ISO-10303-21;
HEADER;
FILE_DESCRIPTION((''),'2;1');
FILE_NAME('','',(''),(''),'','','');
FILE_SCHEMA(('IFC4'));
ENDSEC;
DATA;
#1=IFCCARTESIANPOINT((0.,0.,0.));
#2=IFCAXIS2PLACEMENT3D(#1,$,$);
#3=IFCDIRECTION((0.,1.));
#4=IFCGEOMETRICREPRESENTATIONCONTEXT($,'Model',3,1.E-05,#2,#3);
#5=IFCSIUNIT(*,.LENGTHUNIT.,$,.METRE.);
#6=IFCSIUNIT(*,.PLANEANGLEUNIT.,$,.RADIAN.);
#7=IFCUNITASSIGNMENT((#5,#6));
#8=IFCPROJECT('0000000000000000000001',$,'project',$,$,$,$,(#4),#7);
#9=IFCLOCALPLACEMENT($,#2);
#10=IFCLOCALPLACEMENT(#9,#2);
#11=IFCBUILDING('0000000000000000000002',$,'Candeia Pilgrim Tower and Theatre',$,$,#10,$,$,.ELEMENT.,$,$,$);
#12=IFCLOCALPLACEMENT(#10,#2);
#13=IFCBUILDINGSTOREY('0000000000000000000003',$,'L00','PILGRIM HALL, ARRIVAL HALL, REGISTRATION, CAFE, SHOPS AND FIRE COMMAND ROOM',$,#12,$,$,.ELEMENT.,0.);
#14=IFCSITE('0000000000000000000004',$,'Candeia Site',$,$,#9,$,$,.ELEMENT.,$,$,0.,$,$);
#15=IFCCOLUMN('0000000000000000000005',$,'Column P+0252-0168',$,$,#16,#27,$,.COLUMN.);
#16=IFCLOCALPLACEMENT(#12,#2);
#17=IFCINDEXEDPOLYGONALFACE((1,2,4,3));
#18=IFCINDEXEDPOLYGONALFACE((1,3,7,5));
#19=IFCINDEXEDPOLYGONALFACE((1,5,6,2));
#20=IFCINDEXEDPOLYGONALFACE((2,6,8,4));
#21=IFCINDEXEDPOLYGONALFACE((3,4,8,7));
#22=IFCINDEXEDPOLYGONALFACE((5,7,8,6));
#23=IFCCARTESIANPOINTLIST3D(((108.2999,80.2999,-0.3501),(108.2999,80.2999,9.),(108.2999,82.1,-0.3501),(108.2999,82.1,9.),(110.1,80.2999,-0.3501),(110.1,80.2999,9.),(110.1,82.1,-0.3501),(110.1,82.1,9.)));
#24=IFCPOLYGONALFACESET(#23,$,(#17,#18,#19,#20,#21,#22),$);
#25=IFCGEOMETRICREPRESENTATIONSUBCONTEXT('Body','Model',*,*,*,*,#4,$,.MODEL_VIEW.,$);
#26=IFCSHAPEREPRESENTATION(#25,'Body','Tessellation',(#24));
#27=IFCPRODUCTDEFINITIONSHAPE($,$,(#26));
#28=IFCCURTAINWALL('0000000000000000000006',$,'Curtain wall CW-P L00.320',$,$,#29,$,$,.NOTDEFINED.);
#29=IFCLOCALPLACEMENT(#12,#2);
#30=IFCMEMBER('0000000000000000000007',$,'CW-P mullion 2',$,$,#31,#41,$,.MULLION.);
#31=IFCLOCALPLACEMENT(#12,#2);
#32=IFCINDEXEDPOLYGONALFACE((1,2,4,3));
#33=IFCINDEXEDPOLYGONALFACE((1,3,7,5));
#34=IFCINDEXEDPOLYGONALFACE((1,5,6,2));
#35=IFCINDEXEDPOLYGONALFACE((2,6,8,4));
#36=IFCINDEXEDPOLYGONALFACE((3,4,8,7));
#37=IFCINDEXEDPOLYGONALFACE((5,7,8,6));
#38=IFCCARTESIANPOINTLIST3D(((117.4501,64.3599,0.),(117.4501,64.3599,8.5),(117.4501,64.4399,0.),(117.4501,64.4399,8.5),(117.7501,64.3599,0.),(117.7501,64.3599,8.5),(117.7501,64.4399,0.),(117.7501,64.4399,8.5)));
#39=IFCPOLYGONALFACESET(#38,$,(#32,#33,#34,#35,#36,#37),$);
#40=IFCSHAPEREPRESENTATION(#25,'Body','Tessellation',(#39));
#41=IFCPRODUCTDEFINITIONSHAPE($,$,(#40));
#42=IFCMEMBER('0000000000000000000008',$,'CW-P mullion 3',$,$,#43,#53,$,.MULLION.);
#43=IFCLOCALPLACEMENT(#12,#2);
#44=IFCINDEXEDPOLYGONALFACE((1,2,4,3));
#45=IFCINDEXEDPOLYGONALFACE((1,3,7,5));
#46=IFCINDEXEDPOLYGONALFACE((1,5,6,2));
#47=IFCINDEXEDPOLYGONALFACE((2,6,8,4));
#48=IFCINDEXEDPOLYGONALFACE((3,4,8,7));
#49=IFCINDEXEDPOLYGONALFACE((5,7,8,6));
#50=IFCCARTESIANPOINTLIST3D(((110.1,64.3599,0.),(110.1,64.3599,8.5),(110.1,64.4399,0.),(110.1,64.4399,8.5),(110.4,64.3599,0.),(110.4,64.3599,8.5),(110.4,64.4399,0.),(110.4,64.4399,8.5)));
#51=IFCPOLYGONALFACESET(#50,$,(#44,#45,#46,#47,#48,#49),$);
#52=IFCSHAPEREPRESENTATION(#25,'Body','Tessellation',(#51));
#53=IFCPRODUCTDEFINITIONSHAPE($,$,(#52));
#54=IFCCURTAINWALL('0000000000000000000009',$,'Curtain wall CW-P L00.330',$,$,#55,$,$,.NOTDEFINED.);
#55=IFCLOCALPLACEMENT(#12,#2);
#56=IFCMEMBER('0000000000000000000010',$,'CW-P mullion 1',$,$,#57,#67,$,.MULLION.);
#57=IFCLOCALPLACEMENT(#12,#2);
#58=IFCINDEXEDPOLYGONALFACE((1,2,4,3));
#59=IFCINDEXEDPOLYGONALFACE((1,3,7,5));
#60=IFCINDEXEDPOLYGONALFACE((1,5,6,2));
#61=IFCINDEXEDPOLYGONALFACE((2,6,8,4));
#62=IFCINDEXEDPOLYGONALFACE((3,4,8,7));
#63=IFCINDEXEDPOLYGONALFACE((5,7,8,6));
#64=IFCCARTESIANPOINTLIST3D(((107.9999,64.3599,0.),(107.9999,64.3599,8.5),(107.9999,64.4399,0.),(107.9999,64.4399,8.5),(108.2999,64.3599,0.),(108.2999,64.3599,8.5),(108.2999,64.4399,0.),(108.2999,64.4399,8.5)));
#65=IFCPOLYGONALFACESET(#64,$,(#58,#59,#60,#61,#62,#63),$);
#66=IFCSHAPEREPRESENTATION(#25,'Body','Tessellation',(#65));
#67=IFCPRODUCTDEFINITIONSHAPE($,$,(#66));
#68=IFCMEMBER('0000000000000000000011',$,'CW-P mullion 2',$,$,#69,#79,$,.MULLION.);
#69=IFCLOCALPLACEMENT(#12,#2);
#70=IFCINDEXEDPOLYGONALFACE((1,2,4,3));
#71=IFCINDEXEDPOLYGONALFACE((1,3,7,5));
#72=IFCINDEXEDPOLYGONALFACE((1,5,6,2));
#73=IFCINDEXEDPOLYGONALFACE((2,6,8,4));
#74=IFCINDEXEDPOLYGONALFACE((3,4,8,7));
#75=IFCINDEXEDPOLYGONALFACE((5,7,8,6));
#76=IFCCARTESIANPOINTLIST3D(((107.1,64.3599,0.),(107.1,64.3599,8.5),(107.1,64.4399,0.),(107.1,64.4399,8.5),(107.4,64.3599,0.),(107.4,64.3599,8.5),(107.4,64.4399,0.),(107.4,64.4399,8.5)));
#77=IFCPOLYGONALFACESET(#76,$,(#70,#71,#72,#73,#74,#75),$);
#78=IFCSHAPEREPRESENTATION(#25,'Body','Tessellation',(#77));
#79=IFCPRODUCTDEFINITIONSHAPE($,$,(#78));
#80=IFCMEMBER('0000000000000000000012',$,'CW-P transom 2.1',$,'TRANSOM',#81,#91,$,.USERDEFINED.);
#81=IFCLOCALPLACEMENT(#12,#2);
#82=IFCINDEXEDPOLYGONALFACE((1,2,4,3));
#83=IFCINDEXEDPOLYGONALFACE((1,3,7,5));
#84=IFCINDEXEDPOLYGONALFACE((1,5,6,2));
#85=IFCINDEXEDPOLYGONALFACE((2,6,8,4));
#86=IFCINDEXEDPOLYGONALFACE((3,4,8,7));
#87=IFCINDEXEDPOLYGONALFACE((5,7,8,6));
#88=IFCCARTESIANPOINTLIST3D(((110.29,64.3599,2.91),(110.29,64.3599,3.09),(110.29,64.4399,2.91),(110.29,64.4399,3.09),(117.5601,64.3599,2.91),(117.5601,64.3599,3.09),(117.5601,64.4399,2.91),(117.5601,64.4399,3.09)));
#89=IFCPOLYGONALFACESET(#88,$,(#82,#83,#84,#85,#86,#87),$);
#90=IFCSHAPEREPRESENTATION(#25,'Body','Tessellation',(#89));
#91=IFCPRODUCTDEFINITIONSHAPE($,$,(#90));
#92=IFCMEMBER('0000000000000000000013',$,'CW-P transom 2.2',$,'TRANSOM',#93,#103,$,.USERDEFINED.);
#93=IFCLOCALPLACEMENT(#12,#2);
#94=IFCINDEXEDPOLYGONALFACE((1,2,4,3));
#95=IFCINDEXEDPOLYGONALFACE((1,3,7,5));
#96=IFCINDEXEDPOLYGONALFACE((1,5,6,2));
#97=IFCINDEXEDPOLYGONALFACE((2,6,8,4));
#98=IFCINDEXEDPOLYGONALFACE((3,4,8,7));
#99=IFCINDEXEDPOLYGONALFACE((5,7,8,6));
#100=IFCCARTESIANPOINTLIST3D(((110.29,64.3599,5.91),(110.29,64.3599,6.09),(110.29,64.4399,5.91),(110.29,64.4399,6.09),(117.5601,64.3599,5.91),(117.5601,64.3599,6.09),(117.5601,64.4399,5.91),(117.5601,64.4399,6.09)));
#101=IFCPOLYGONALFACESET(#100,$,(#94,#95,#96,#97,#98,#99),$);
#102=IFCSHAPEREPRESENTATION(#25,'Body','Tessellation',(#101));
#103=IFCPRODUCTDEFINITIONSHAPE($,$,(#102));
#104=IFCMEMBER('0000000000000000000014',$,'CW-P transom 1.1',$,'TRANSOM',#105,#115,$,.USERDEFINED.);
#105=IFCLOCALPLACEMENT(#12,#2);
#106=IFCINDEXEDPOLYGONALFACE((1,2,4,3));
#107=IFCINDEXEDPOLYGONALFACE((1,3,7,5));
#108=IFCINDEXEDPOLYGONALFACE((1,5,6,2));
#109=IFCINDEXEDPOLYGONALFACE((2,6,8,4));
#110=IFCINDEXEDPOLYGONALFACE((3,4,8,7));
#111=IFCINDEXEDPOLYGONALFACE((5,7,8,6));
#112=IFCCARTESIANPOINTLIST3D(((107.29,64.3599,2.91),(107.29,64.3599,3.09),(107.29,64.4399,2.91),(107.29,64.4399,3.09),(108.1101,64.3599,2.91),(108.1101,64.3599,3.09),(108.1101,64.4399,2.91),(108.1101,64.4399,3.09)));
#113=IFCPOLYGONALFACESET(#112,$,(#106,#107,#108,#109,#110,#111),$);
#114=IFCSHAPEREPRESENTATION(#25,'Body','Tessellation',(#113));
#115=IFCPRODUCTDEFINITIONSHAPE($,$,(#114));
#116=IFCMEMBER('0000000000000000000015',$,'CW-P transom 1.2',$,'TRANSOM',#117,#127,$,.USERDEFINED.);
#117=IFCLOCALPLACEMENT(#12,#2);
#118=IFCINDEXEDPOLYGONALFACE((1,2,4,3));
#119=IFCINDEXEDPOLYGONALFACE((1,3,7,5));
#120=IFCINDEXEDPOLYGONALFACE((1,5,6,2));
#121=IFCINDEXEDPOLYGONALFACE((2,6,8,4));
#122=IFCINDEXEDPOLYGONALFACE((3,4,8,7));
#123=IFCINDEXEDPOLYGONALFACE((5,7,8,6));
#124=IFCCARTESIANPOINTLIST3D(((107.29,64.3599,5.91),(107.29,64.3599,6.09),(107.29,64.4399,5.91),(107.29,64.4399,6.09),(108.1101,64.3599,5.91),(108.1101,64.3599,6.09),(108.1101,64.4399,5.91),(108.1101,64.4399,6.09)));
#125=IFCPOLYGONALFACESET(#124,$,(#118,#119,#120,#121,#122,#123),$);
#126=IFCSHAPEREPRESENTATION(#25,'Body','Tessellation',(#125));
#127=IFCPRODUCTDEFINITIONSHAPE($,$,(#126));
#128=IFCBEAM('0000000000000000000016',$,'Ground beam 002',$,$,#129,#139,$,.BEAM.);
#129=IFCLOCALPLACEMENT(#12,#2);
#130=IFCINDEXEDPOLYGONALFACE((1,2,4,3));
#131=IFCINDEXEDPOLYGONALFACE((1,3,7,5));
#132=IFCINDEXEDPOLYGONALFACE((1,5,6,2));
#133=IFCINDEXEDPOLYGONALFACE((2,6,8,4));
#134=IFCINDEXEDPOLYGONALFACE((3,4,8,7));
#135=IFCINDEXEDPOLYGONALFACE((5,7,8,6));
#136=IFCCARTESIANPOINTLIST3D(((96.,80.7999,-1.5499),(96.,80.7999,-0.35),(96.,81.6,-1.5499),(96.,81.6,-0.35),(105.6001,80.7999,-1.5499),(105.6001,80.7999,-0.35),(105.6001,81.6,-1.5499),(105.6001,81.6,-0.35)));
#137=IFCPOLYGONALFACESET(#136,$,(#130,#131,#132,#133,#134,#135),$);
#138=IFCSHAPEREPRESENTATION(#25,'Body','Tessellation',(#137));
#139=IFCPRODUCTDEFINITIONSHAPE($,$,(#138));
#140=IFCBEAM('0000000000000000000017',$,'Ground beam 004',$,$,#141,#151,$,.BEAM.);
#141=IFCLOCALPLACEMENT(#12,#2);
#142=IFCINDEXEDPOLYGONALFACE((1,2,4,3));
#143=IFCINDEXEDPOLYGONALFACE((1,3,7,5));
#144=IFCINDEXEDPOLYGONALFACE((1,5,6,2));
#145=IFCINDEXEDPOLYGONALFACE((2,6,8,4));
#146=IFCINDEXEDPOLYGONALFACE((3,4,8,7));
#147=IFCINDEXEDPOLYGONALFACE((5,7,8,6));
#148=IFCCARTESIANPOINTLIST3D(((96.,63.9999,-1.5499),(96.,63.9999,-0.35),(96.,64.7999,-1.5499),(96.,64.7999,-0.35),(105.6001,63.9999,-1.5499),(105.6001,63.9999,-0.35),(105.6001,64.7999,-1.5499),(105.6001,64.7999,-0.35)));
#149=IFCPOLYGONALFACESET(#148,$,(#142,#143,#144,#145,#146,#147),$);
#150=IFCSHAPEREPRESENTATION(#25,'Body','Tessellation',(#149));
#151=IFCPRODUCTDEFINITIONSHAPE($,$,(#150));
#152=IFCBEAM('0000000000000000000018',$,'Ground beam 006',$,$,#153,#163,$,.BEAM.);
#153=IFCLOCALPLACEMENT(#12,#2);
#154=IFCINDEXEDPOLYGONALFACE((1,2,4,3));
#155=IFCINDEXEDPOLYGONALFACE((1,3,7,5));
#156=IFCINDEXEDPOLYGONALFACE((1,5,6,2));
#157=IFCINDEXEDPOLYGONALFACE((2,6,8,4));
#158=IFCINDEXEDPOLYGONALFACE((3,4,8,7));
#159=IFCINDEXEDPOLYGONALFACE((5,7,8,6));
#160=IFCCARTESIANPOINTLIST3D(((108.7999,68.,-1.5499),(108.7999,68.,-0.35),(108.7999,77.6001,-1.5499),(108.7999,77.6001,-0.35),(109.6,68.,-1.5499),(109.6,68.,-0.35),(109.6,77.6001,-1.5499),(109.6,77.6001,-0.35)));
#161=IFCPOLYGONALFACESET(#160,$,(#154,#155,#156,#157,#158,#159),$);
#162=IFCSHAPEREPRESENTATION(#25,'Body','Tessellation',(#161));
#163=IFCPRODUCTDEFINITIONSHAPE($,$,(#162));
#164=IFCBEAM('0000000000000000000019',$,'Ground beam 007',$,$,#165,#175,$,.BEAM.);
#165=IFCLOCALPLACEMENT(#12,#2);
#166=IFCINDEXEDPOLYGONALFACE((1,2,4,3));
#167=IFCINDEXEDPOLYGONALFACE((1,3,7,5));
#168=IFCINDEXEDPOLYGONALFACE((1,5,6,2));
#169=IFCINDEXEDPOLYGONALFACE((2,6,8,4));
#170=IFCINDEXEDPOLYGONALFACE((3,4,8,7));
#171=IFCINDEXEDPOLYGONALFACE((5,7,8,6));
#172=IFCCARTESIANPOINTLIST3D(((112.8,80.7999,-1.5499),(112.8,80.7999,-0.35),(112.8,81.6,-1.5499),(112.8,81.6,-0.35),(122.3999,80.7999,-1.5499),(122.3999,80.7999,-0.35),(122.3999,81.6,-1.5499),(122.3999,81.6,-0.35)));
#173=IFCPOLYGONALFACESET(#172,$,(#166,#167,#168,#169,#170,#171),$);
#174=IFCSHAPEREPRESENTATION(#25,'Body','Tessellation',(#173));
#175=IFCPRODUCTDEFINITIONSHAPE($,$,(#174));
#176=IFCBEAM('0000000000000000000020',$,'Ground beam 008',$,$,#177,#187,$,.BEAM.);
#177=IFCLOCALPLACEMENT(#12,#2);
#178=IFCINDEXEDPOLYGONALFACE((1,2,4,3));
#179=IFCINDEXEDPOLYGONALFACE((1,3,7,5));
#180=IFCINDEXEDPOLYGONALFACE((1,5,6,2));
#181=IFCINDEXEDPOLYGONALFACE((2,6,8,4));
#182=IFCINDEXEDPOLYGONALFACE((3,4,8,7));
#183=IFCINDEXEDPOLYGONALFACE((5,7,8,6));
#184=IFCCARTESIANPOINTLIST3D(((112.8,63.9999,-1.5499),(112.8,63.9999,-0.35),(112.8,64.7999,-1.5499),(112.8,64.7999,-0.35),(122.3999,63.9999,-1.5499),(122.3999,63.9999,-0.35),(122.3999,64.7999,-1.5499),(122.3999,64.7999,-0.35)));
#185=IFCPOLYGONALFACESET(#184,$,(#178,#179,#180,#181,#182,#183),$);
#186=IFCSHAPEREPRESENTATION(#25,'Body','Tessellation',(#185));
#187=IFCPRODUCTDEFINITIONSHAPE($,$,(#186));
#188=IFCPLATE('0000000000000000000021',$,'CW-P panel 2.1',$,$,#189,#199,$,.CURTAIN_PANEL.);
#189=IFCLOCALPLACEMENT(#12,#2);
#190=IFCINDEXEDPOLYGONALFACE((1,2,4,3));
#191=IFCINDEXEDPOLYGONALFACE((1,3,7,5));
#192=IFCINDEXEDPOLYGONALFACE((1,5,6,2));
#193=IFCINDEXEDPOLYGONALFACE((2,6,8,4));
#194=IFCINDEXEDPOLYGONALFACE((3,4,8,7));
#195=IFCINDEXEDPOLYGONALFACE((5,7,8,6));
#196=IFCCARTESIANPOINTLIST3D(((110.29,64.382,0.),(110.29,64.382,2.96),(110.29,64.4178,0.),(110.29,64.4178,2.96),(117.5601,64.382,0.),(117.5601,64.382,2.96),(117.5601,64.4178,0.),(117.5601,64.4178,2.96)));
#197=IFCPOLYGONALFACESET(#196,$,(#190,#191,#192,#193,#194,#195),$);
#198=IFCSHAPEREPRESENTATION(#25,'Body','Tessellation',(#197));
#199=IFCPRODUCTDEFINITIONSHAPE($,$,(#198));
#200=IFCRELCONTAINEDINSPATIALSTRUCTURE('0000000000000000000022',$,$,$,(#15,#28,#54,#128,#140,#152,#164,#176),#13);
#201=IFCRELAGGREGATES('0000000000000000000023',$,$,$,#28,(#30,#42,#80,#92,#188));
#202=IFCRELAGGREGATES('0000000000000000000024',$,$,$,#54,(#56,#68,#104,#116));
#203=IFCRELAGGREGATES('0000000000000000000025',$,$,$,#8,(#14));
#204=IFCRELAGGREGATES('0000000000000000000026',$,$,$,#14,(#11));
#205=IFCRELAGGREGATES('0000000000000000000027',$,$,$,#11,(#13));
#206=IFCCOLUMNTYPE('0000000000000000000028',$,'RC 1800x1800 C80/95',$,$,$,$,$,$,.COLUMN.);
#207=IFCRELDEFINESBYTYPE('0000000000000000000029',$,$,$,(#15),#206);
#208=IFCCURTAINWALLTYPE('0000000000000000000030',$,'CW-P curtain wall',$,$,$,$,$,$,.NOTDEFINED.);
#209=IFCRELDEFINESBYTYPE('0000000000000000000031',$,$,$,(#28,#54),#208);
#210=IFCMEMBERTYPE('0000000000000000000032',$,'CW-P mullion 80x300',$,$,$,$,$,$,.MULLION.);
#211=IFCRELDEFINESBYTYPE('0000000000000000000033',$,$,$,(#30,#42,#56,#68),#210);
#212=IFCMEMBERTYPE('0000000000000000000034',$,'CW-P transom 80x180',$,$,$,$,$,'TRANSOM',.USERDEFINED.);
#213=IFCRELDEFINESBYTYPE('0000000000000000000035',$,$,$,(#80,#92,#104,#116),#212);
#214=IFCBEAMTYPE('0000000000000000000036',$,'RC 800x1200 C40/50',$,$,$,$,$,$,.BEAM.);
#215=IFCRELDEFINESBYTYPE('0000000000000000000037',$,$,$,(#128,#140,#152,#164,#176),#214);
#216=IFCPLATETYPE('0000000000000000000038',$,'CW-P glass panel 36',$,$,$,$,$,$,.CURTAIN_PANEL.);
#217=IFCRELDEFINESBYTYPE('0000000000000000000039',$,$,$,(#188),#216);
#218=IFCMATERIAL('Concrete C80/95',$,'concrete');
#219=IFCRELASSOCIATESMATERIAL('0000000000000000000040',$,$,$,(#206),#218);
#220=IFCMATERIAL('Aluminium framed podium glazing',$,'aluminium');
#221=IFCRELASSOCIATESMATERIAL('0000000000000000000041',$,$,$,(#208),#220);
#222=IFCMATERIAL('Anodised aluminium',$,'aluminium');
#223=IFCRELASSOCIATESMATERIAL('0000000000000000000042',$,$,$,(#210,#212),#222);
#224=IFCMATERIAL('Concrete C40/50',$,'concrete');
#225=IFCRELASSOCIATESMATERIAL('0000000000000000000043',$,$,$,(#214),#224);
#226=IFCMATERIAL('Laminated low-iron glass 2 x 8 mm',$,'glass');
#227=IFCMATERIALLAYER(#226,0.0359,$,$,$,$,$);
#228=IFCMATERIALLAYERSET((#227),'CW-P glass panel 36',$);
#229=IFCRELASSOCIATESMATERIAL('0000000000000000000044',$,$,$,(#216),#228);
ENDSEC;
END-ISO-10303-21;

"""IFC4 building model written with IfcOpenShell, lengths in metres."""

from ifc_helpers import new_model, si_unit, direction, frame, origin, origin_2d, place, context, subcontext, project, spatial, rectangle, extrude, material, layer, layer_set, material_profile, profile_set, type_object, element, aggregate, save


model = new_model("IFC4")

# Units and contexts
model_context = context("Model", 3, precision=1e-05, world=origin(), true_north=direction((0.0, 1.0)))
body_context = subcontext(model_context, "Body", "Model", "MODEL_VIEW")
ifc_project = project(units=[si_unit("LENGTHUNIT", "METRE"), si_unit("PLANEANGLEUNIT", "RADIAN")], contexts=[model_context])

# Site, building, storey
site_placement = place(None, origin())
site = spatial("IfcSite", under=ifc_project, at=site_placement, Name="Candeia Site", CompositionType="ELEMENT", RefElevation=0.0)
building_placement = place(site_placement, origin())
building = spatial("IfcBuilding", under=site, at=building_placement, Name="Candeia Pilgrim Tower and Theatre", CompositionType="ELEMENT")
storey_placement = place(building_placement, origin())
storey = spatial("IfcBuildingStorey", under=building, at=storey_placement, Name="L00", Description="PILGRIM HALL, ARRIVAL HALL, REGISTRATION, CAFE, SHOPS AND FIRE COMMAND ROOM", CompositionType="ELEMENT", Elevation=0.0)

# Shared definitions
ifc_material_1 = material(Name="Concrete C40/50", Category="concrete")

# Column
ifc_material_2 = material(Name="Concrete C80/95", Category="concrete")
ifc_material_profile_1 = material_profile(ifc_material_2, rectangle(XDim=1.8, YDim=1.8, at=origin_2d()))
ifc_profile_set_1 = profile_set([ifc_material_profile_1], Name="Concrete C80/95")
column_type = type_object("IfcColumnType", Name="RC 1800x1800 C80/95", PredefinedType="COLUMN", material=ifc_profile_set_1)
for number, where, z_axis, x_axis, name in (
    (1, (109.2, 81.2, -0.3501), (0.0, 0.0, 1.0), (1.0, 0.0, 0.0), "Column P+0252-0168"),
):
    element("IfcColumn", number, at=place(storey_placement, frame(where, z_axis=z_axis, x_axis=x_axis)), inside=storey, type_object=column_type, Name=name, PredefinedType="COLUMN", context=body_context, shape_type="SweptSolid", body=[
        extrude(rectangle(XDim=1.8, YDim=1.8, at=origin_2d()), origin(), (0.0, 0.0, 1.0), 9.3501),
    ])

# Curtain walls, members
ifc_material_3 = material(Name="Aluminium framed podium glazing", Category="aluminium")
curtain_wall_type = type_object("IfcCurtainWallType", Name="CW-P curtain wall", PredefinedType="NOTDEFINED", material=ifc_material_3)
curtain_wall_1_placement = place(storey_placement, origin())
curtain_wall_1 = element("IfcCurtainWall", 2, at=curtain_wall_1_placement, inside=storey, type_object=curtain_wall_type, Name="Curtain wall CW-P L00.320", PredefinedType="NOTDEFINED")
ifc_material_4 = material(Name="Anodised aluminium", Category="aluminium")
ifc_material_profile_2 = material_profile(ifc_material_4, rectangle(XDim=0.0801, YDim=0.3, at=origin_2d()))
ifc_profile_set_2 = profile_set([ifc_material_profile_2], Name="Anodised aluminium")
member_type_1 = type_object("IfcMemberType", Name="CW-P mullion 80x300", PredefinedType="MULLION", material=ifc_profile_set_2)
member_1_placement = place(storey_placement, frame((117.6001, 64.3999, 0.0), z_axis=(0.0, 0.0, 1.0), x_axis=(0.0, -1.0, 0.0)))
member_1 = element("IfcMember", 3, at=member_1_placement, type_object=member_type_1, Name="CW-P mullion 2", PredefinedType="MULLION", context=body_context, shape_type="SweptSolid", body=[
    extrude(rectangle(XDim=0.0801, YDim=0.3, at=origin_2d()), origin(), (0.0, 0.0, 1.0), 8.5),
])
member_2_placement = place(storey_placement, frame((110.25, 64.3999, 0.0), z_axis=(0.0, 0.0, 1.0), x_axis=(0.0, -1.0, 0.0)))
member_2 = element("IfcMember", 4, at=member_2_placement, type_object=member_type_1, Name="CW-P mullion 3", PredefinedType="MULLION", context=body_context, shape_type="SweptSolid", body=[
    extrude(rectangle(XDim=0.0801, YDim=0.3, at=origin_2d()), origin(), (0.0, 0.0, 1.0), 8.5),
])
curtain_wall_2_placement = place(storey_placement, origin())
curtain_wall_2 = element("IfcCurtainWall", 5, at=curtain_wall_2_placement, inside=storey, type_object=curtain_wall_type, Name="Curtain wall CW-P L00.330", PredefinedType="NOTDEFINED")
member_3_placement = place(storey_placement, frame((108.1499, 64.3999, 0.0), z_axis=(0.0, 0.0, 1.0), x_axis=(0.0, -1.0, 0.0)))
member_3 = element("IfcMember", 6, at=member_3_placement, type_object=member_type_1, Name="CW-P mullion 1", PredefinedType="MULLION", context=body_context, shape_type="SweptSolid", body=[
    extrude(rectangle(XDim=0.0801, YDim=0.3, at=origin_2d()), origin(), (0.0, 0.0, 1.0), 8.5),
])
member_4_placement = place(storey_placement, frame((107.25, 64.3999, 0.0), z_axis=(0.0, 0.0, 1.0), x_axis=(0.0, -1.0, 0.0)))
member_4 = element("IfcMember", 7, at=member_4_placement, type_object=member_type_1, Name="CW-P mullion 2", PredefinedType="MULLION", context=body_context, shape_type="SweptSolid", body=[
    extrude(rectangle(XDim=0.0801, YDim=0.3, at=origin_2d()), origin(), (0.0, 0.0, 1.0), 8.5),
])

# Members
ifc_material_profile_3 = material_profile(ifc_material_4, rectangle(XDim=0.0801, YDim=0.1799, at=origin_2d()))
ifc_profile_set_3 = profile_set([ifc_material_profile_3], Name="Anodised aluminium")
member_type_2 = type_object("IfcMemberType", Name="CW-P transom 80x180", ElementType="TRANSOM", PredefinedType="USERDEFINED", material=ifc_profile_set_3)
member_5_placement = place(storey_placement, frame((117.5601, 64.3999, 3.0), z_axis=(-1.0, 0.0, 0.0), x_axis=(0.0, -1.0, 0.0)))
member_5 = element("IfcMember", 8, at=member_5_placement, type_object=member_type_2, Name="CW-P transom 2.1", ObjectType="TRANSOM", PredefinedType="USERDEFINED", context=body_context, shape_type="SweptSolid", body=[
    extrude(rectangle(XDim=0.0801, YDim=0.1799, at=origin_2d()), origin(), (0.0, 0.0, 1.0), 7.27),
])
member_6_placement = place(storey_placement, frame((117.5601, 64.3999, 6.0), z_axis=(-1.0, 0.0, 0.0), x_axis=(0.0, -1.0, 0.0)))
member_6 = element("IfcMember", 9, at=member_6_placement, type_object=member_type_2, Name="CW-P transom 2.2", ObjectType="TRANSOM", PredefinedType="USERDEFINED", context=body_context, shape_type="SweptSolid", body=[
    extrude(rectangle(XDim=0.0801, YDim=0.1799, at=origin_2d()), origin(), (0.0, 0.0, 1.0), 7.27),
])
member_7_placement = place(storey_placement, frame((108.1101, 64.3999, 3.0), z_axis=(-1.0, 0.0, 0.0), x_axis=(0.0, -1.0, 0.0)))
member_7 = element("IfcMember", 10, at=member_7_placement, type_object=member_type_2, Name="CW-P transom 1.1", ObjectType="TRANSOM", PredefinedType="USERDEFINED", context=body_context, shape_type="SweptSolid", body=[
    extrude(rectangle(XDim=0.0801, YDim=0.1799, at=origin_2d()), origin(), (0.0, 0.0, 1.0), 0.8201),
])
member_8_placement = place(storey_placement, frame((108.1101, 64.3999, 6.0), z_axis=(-1.0, 0.0, 0.0), x_axis=(0.0, -1.0, 0.0)))
member_8 = element("IfcMember", 11, at=member_8_placement, type_object=member_type_2, Name="CW-P transom 1.2", ObjectType="TRANSOM", PredefinedType="USERDEFINED", context=body_context, shape_type="SweptSolid", body=[
    extrude(rectangle(XDim=0.0801, YDim=0.1799, at=origin_2d()), origin(), (0.0, 0.0, 1.0), 0.8201),
])

# Beams
ifc_material_profile_4 = material_profile(ifc_material_1, rectangle(XDim=0.8, YDim=1.2, at=origin_2d()))
ifc_profile_set_4 = profile_set([ifc_material_profile_4], Name="Concrete C40/50")
beam_type = type_object("IfcBeamType", Name="RC 800x1200 C40/50", PredefinedType="BEAM", material=ifc_profile_set_4)
for number, where, z_axis, x_axis, name in (
    (12, (96.0, 81.2, -0.95), (1.0, 0.0, 0.0), (0.0, 1.0, 0.0), "Ground beam 002"),
    (13, (96.0, 64.3999, -0.95), (1.0, 0.0, 0.0), (0.0, 1.0, 0.0), "Ground beam 004"),
    (14, (109.2, 77.6001, -0.95), (0.0, -1.0, 0.0), (1.0, 0.0, 0.0), "Ground beam 006"),
):
    element("IfcBeam", number, at=place(storey_placement, frame(where, z_axis=z_axis, x_axis=x_axis)), inside=storey, type_object=beam_type, Name=name, PredefinedType="BEAM", context=body_context, shape_type="SweptSolid", body=[
        extrude(rectangle(XDim=0.8, YDim=1.2, at=origin_2d()), origin(), (0.0, 0.0, 1.0), 9.6001),
    ])
for number, where, z_axis, x_axis, name in (
    (15, (112.8, 81.2, -0.95), (1.0, 0.0, 0.0), (0.0, 1.0, 0.0), "Ground beam 007"),
    (16, (112.8, 64.3999, -0.95), (1.0, 0.0, 0.0), (0.0, 1.0, 0.0), "Ground beam 008"),
):
    element("IfcBeam", number, at=place(storey_placement, frame(where, z_axis=z_axis, x_axis=x_axis)), inside=storey, type_object=beam_type, Name=name, PredefinedType="BEAM", context=body_context, shape_type="SweptSolid", body=[
        extrude(rectangle(XDim=0.8, YDim=1.2, at=origin_2d()), origin(), (0.0, 0.0, 1.0), 9.5999),
    ])

# Plate
ifc_material_5 = material(Name="Laminated low-iron glass 2 x 8 mm", Category="glass")
ifc_layer_1 = layer(ifc_material_5, 0.0359)
ifc_layer_set_1 = layer_set([ifc_layer_1], Name="CW-P glass panel 36")
plate_type = type_object("IfcPlateType", Name="CW-P glass panel 36", PredefinedType="CURTAIN_PANEL", material=ifc_layer_set_1)
plate_1_placement = place(storey_placement, frame((113.925, 64.3999, 0.0), z_axis=(0.0, 0.0, 1.0), x_axis=(-1.0, 0.0, 0.0)))
plate_1 = element("IfcPlate", 17, at=plate_1_placement, type_object=plate_type, Name="CW-P panel 2.1", PredefinedType="CURTAIN_PANEL", context=body_context, shape_type="SweptSolid", body=[
    extrude(rectangle(XDim=7.27, YDim=0.0359, at=origin_2d()), origin(), (0.0, 0.0, 1.0), 2.96),
])
aggregate(curtain_wall_1, [member_1, member_2, member_5, member_6, plate_1])
aggregate(curtain_wall_2, [member_3, member_4, member_7, member_8])

save(model, "model.ifc")
